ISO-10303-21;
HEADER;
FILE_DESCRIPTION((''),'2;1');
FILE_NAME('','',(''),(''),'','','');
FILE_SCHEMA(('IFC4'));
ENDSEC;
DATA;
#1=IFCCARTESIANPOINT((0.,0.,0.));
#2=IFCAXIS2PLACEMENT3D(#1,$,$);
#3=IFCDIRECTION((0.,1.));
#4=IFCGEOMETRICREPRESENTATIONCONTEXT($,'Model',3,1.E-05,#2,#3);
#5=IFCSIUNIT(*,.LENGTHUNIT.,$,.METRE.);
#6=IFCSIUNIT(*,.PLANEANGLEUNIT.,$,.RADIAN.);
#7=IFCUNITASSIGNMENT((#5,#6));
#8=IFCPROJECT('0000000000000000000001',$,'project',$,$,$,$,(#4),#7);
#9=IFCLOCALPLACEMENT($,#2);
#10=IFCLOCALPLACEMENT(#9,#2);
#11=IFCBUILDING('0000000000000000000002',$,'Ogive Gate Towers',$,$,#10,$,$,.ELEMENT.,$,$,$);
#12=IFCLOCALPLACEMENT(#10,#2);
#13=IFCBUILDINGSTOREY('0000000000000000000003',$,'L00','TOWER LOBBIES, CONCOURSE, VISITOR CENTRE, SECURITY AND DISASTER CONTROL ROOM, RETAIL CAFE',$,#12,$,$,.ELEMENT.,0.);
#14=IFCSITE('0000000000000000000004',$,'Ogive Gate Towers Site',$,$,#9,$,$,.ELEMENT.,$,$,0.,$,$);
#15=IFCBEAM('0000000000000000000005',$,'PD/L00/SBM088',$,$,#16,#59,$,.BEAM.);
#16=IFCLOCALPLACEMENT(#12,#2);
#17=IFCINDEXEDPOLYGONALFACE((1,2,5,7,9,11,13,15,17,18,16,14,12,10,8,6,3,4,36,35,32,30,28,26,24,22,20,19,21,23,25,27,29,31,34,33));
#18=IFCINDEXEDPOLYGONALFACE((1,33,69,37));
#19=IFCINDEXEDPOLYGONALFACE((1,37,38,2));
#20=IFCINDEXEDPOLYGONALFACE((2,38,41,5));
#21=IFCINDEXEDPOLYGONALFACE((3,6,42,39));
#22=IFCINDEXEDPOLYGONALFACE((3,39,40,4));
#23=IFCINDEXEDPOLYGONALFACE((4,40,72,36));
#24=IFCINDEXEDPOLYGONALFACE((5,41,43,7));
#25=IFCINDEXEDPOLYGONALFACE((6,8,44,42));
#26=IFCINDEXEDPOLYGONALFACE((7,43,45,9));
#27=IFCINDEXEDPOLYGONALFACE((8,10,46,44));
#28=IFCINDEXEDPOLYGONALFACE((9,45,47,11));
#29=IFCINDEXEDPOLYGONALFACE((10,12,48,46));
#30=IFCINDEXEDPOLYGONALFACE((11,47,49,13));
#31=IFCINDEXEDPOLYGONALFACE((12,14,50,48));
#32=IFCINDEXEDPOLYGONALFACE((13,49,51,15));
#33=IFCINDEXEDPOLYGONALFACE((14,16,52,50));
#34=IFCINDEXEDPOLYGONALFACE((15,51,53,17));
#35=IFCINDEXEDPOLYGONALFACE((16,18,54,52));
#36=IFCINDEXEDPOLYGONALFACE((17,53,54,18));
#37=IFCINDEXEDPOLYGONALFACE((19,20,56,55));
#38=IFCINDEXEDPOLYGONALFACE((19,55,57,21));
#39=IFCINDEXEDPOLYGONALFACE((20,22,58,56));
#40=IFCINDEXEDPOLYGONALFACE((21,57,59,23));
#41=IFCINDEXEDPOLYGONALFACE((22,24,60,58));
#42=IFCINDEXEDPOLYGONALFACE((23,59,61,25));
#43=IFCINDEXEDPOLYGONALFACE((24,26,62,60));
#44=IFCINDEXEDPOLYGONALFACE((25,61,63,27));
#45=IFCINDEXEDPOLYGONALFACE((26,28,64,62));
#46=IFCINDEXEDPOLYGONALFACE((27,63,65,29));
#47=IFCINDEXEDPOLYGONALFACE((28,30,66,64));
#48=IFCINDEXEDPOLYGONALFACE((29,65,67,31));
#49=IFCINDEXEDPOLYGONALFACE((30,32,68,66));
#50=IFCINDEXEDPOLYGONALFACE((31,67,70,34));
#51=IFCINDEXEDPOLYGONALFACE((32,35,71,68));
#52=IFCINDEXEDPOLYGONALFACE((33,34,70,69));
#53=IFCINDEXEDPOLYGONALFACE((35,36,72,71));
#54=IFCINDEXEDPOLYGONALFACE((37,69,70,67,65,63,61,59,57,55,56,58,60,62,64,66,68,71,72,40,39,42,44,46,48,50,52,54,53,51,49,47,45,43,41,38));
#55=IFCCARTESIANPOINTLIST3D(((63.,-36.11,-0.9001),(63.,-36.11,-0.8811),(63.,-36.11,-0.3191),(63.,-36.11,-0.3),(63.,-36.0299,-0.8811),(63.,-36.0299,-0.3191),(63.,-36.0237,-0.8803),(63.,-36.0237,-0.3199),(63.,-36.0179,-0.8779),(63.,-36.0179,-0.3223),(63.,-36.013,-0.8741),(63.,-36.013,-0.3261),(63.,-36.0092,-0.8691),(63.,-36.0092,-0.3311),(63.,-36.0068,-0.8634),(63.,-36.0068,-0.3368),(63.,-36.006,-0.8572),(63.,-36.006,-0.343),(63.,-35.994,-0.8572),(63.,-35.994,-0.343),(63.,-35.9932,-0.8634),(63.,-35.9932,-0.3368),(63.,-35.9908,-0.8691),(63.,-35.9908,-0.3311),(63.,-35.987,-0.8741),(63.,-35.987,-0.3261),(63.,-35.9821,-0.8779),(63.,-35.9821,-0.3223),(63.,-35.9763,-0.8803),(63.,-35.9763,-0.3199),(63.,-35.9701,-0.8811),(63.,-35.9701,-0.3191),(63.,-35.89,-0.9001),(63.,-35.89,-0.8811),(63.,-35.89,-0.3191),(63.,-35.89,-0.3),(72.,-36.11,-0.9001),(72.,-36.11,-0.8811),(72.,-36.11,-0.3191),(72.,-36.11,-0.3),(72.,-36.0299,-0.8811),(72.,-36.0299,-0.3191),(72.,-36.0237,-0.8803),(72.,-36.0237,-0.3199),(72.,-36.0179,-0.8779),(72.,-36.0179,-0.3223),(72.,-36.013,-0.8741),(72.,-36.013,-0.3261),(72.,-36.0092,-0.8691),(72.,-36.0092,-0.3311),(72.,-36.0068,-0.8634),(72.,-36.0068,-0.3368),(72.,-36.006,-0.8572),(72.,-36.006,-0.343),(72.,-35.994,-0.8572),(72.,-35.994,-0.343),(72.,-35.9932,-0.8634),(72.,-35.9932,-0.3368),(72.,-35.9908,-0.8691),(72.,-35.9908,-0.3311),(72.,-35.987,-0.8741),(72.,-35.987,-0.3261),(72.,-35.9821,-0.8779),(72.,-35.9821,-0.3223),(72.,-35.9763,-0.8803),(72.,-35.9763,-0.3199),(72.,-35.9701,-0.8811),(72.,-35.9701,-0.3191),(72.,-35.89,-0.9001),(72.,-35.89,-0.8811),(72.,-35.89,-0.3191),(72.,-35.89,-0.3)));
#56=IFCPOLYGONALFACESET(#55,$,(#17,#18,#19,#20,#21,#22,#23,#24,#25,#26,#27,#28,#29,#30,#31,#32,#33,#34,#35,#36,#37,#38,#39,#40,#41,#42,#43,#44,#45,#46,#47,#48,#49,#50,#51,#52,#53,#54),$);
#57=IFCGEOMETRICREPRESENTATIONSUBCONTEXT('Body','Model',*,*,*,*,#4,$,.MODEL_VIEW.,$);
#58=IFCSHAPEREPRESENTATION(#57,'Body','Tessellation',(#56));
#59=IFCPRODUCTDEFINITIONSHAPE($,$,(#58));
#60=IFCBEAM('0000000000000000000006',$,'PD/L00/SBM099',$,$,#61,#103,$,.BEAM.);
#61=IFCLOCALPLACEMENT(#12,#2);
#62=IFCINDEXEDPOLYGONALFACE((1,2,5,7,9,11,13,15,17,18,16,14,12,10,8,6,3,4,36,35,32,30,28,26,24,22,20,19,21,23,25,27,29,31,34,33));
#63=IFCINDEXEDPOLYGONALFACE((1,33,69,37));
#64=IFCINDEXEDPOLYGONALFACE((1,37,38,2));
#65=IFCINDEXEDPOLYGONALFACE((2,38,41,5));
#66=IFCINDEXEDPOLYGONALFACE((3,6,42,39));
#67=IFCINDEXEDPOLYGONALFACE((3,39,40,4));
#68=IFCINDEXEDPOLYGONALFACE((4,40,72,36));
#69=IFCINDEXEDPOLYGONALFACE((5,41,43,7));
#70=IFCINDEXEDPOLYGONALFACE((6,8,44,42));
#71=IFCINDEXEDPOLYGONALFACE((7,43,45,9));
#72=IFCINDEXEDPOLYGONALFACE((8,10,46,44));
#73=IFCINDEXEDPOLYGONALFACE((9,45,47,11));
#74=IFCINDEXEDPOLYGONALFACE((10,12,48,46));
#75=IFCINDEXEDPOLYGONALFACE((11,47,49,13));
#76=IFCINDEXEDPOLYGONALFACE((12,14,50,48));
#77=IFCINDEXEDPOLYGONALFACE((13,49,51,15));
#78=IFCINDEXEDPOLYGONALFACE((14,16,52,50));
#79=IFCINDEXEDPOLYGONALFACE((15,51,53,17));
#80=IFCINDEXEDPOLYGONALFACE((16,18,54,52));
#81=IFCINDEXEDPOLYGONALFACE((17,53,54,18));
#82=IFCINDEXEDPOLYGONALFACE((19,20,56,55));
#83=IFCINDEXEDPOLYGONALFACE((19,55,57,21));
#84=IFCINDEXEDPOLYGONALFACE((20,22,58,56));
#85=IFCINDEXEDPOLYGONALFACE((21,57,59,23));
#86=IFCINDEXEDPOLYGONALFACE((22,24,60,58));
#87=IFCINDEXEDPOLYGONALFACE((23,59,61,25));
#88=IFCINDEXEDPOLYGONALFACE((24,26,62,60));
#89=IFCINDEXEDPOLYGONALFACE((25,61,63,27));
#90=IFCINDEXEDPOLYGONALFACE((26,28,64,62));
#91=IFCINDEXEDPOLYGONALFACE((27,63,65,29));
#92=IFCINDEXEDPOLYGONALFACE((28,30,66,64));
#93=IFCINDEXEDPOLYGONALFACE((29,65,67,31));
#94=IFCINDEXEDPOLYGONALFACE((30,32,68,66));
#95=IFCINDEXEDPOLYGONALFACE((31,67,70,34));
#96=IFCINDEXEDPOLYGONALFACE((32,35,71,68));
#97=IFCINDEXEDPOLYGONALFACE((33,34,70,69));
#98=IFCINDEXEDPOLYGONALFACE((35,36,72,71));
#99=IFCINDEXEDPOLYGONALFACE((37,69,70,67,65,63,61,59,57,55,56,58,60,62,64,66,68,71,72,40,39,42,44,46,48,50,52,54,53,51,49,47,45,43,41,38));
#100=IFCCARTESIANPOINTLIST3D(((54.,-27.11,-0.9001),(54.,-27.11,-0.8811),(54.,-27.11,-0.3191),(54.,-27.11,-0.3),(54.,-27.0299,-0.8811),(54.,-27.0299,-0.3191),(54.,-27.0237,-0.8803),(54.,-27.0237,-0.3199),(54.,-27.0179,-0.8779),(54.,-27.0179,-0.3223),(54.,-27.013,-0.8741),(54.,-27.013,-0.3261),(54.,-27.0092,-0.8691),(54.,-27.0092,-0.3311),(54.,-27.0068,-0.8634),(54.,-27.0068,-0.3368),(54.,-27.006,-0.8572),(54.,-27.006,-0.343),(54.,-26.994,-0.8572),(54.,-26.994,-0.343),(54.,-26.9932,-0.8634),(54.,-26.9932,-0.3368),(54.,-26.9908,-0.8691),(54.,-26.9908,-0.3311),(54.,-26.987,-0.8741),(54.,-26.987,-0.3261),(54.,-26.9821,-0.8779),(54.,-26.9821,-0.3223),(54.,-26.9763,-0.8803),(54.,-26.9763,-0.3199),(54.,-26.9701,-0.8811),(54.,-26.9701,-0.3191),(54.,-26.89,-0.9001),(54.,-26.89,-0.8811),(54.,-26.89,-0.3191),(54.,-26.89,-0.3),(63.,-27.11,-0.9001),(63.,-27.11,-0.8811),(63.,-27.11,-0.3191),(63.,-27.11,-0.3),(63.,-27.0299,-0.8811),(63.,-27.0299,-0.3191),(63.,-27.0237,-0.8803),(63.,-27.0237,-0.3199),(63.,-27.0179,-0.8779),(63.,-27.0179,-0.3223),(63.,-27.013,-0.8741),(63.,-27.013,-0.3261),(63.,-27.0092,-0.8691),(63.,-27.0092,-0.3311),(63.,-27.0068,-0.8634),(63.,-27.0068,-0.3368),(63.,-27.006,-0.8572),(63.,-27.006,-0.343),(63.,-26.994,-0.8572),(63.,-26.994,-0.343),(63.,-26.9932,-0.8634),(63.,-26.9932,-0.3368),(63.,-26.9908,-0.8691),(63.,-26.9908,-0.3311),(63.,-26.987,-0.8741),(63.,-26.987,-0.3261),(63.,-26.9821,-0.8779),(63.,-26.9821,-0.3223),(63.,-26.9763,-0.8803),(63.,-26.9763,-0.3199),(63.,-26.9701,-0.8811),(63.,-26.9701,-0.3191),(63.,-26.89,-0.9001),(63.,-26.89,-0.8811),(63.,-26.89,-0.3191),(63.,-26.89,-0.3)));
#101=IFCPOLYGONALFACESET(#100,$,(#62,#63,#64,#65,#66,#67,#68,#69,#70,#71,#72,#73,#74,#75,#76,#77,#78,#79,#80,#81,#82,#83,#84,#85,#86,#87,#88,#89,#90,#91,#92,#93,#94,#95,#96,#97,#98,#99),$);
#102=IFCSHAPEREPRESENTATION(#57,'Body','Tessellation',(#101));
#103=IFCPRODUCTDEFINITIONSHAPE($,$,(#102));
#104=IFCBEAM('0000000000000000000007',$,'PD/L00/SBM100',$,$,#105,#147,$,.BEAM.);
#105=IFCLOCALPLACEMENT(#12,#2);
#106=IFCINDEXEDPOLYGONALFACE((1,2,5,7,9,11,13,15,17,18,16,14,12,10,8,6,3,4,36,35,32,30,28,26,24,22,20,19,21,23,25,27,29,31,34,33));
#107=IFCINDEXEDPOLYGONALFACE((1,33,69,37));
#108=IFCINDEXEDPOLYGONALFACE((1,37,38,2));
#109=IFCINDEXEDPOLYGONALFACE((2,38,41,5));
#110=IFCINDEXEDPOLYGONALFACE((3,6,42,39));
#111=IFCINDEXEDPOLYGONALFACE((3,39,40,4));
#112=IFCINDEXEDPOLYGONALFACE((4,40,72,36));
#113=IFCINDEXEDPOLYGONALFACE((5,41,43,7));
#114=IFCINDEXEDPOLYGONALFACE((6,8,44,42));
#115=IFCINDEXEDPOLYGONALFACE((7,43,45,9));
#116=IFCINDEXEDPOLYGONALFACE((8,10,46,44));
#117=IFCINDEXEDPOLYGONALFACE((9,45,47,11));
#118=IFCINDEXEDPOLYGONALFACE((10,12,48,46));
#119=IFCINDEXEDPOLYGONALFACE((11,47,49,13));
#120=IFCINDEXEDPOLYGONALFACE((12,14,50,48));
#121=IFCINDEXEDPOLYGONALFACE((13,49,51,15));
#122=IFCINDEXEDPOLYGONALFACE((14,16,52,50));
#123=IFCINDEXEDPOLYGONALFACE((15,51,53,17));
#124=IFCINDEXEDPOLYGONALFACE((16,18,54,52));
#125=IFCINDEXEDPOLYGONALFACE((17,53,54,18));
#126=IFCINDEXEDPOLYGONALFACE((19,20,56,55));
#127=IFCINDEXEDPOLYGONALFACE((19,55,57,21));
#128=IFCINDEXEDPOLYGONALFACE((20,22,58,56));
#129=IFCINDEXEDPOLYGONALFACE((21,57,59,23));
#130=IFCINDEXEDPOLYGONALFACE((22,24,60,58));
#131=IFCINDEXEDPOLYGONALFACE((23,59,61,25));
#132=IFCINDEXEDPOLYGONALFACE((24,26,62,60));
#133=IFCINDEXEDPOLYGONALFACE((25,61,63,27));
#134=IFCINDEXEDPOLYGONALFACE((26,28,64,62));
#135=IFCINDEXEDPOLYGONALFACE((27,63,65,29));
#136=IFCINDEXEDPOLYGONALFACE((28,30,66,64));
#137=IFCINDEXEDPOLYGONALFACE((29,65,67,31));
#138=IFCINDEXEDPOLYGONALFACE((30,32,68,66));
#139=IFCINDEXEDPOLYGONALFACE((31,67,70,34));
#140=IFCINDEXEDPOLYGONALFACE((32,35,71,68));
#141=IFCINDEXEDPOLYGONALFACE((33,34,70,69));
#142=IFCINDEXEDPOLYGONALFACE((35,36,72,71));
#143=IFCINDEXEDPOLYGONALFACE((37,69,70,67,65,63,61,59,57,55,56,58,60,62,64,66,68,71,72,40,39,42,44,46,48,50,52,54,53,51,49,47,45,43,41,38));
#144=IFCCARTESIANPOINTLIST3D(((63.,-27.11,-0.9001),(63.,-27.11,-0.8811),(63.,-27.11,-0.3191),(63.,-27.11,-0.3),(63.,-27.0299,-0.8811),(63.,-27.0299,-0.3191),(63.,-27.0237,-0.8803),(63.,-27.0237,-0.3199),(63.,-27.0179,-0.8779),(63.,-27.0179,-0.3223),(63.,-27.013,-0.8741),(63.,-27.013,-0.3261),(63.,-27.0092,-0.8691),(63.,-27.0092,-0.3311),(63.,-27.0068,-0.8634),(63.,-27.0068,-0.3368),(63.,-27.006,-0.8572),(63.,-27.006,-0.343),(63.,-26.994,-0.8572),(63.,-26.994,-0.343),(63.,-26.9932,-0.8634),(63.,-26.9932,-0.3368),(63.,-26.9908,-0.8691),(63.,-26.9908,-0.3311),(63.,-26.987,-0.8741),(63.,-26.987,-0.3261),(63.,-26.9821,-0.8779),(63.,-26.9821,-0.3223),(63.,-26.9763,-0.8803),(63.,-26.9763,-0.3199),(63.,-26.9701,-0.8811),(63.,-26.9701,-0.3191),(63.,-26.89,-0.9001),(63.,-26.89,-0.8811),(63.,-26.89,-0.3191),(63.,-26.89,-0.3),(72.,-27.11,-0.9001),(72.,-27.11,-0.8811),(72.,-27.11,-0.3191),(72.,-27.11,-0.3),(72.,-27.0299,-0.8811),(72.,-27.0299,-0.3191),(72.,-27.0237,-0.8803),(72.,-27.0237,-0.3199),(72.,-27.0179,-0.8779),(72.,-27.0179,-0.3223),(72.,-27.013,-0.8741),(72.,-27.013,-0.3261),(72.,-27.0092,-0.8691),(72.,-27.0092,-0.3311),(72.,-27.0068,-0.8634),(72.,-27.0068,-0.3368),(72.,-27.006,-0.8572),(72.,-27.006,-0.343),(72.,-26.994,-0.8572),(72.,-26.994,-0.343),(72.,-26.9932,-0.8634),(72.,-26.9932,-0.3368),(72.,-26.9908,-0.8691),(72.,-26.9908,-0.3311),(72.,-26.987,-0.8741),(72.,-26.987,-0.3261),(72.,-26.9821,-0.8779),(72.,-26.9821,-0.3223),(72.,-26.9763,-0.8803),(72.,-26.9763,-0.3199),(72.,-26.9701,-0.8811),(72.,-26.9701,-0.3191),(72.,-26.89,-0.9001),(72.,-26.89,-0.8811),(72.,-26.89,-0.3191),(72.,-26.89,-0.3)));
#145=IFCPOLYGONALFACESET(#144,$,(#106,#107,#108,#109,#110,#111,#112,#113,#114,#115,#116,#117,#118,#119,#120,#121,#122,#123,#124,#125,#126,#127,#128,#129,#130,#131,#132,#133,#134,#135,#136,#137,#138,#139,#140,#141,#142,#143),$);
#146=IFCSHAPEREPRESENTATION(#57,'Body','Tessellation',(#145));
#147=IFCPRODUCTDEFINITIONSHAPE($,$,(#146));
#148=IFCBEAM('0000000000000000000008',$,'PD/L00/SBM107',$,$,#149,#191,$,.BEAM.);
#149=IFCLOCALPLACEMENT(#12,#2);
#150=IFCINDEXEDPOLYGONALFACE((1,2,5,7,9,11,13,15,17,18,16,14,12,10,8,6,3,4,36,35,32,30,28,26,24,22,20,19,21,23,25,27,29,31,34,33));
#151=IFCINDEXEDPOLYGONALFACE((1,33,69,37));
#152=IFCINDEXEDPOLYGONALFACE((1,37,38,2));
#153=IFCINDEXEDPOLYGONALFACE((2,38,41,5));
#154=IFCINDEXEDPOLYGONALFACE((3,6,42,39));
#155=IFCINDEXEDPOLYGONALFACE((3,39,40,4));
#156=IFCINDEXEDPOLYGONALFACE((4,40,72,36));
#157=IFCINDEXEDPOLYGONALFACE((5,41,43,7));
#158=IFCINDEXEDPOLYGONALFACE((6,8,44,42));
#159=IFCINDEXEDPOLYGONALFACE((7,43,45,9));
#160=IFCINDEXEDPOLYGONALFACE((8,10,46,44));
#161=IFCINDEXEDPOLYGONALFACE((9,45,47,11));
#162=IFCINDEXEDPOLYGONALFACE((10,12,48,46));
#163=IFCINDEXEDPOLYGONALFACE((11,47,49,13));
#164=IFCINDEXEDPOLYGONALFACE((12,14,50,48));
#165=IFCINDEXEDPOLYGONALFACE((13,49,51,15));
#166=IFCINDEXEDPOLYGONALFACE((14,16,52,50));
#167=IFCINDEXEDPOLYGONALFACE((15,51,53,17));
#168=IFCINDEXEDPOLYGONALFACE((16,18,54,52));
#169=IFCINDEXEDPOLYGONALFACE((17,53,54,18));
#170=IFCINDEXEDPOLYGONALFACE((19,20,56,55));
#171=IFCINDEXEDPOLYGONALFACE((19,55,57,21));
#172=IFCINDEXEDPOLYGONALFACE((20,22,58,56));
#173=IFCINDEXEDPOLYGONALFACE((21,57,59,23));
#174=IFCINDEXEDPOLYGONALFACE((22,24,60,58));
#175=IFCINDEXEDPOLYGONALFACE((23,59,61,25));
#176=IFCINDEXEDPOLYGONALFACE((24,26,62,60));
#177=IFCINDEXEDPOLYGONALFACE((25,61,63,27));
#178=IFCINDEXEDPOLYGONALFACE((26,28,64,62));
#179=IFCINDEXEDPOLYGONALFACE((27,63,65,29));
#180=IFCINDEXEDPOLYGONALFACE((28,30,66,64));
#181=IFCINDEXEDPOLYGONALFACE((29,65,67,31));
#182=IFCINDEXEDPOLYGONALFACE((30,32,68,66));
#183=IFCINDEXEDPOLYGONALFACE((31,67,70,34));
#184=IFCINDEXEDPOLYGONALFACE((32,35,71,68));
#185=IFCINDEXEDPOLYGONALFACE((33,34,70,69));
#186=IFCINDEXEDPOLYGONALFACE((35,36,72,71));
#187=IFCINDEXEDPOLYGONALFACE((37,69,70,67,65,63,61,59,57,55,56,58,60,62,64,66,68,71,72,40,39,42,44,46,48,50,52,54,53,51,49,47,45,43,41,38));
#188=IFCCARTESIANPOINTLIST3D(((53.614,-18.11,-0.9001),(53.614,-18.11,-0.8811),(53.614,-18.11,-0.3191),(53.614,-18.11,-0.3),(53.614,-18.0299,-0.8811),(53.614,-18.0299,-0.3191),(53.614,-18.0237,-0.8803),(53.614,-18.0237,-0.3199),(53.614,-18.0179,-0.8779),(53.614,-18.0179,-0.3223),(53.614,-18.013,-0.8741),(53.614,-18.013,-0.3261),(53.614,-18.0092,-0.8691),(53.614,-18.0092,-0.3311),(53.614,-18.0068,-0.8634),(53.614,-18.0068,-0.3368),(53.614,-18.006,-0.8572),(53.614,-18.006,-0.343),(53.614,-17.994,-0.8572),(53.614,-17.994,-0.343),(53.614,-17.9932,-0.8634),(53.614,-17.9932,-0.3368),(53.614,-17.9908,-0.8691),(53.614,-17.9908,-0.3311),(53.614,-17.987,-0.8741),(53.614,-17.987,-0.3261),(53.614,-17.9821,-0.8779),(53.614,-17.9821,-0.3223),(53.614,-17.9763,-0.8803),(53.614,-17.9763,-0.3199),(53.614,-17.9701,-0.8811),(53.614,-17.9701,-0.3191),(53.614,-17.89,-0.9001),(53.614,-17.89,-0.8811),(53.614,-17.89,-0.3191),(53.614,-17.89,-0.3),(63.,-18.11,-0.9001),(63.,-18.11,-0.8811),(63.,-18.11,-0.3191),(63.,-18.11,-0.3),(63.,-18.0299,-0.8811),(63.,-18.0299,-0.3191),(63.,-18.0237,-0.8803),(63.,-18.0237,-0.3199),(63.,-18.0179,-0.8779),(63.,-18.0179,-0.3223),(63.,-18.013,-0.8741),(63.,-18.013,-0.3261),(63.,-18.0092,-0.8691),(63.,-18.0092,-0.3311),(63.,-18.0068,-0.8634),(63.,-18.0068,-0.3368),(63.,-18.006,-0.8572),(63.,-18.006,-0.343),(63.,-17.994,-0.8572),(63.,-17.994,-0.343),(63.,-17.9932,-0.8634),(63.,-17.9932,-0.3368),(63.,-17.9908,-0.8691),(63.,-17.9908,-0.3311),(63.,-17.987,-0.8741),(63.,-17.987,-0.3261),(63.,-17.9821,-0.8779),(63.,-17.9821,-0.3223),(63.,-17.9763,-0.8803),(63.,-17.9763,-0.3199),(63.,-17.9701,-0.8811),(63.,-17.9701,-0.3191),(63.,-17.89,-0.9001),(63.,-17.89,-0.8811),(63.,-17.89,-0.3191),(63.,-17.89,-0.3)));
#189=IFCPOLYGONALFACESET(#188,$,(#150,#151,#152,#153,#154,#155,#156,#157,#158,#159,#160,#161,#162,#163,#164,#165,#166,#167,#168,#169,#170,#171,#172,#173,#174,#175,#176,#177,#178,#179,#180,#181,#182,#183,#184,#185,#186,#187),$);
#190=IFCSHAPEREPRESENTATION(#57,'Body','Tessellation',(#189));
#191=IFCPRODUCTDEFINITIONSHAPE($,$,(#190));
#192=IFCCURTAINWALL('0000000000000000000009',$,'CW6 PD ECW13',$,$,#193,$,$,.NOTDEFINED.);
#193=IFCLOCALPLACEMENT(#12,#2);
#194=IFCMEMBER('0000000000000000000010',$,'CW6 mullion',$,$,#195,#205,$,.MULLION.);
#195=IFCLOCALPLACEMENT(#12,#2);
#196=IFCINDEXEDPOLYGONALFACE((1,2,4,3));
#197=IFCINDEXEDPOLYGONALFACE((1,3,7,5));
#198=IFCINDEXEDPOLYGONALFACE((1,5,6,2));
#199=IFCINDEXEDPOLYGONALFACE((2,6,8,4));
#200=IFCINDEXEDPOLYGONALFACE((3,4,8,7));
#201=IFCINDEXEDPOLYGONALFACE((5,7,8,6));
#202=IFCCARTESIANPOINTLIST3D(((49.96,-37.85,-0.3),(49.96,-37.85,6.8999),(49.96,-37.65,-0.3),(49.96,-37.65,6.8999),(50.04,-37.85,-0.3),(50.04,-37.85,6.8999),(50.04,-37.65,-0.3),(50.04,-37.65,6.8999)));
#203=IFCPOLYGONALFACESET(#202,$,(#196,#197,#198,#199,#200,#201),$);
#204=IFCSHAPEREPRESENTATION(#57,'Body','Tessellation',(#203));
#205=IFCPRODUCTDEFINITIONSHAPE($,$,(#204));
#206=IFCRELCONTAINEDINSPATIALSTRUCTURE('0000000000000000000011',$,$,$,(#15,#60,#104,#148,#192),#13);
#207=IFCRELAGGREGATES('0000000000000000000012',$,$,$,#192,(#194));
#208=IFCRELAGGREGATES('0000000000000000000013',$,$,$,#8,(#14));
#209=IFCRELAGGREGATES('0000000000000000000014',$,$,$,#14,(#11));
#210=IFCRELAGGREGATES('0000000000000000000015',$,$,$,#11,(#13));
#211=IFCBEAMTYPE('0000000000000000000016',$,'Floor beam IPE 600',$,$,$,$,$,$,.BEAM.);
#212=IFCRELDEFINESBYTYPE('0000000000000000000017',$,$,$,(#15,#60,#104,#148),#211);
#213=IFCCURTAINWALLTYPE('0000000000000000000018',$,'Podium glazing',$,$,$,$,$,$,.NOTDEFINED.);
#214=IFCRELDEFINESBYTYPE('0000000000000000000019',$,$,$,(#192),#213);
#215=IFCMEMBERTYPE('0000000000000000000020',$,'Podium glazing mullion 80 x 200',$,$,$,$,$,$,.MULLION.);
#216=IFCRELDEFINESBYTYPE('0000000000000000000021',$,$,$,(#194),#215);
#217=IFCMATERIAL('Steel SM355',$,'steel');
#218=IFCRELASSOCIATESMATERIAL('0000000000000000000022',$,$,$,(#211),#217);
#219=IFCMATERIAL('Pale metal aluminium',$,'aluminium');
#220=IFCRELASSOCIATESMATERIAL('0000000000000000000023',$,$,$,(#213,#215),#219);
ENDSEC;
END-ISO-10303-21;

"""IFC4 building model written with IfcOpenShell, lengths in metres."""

from ifc_helpers import new_model, si_unit, direction, frame, origin, origin_2d, place, context, subcontext, project, spatial, rectangle, i_section, extrude, material, material_profile, profile_set, type_object, element, aggregate, save


model = new_model("IFC4")

# Units and contexts
model_context = context("Model", 3, precision=1e-05, world=origin(), true_north=direction((0.0, 1.0)))
body_context = subcontext(model_context, "Body", "Model", "MODEL_VIEW")
ifc_project = project(units=[si_unit("LENGTHUNIT", "METRE"), si_unit("PLANEANGLEUNIT", "RADIAN")], contexts=[model_context])

# Site, building, storey
site_placement = place(None, origin())
site = spatial("IfcSite", under=ifc_project, at=site_placement, Name="Ogive Gate Towers Site", CompositionType="ELEMENT", RefElevation=0.0)
building_placement = place(site_placement, origin())
building = spatial("IfcBuilding", under=site, at=building_placement, Name="Ogive Gate Towers", CompositionType="ELEMENT")
storey_placement = place(building_placement, origin())
storey = spatial("IfcBuildingStorey", under=building, at=storey_placement, Name="L00", Description="TOWER LOBBIES, CONCOURSE, VISITOR CENTRE, SECURITY AND DISASTER CONTROL ROOM, RETAIL CAFE", CompositionType="ELEMENT", Elevation=0.0)

# Beams
ifc_material_1 = material(Name="Steel SM355", Category="steel")
ifc_material_profile_1 = material_profile(ifc_material_1, i_section(OverallWidth=0.22, OverallDepth=0.6001, WebThickness=0.012, FlangeThickness=0.019, FilletRadius=0.0239, at=origin_2d()), Name="IPE 600")
ifc_profile_set_1 = profile_set([ifc_material_profile_1], Name="Steel SM355")
beam_type = type_object("IfcBeamType", Name="Floor beam IPE 600", PredefinedType="BEAM", material=ifc_profile_set_1)
for number, where, z_axis, x_axis, name in (
    (1, (63.0, -36.0, -0.6001), (1.0, 0.0, 0.0), (0.0, 1.0, 0.0), "PD/L00/SBM088"),
    (2, (54.0, -27.0, -0.6001), (1.0, 0.0, 0.0), (0.0, 1.0, 0.0), "PD/L00/SBM099"),
    (3, (63.0, -27.0, -0.6001), (1.0, 0.0, 0.0), (0.0, 1.0, 0.0), "PD/L00/SBM100"),
):
    element("IfcBeam", number, at=place(storey_placement, frame(where, z_axis=z_axis, x_axis=x_axis)), inside=storey, type_object=beam_type, Name=name, PredefinedType="BEAM", context=body_context, shape_type="SweptSolid", body=[
        extrude(i_section(OverallWidth=0.22, OverallDepth=0.6001, WebThickness=0.012, FlangeThickness=0.019, FilletRadius=0.0239, at=origin_2d()), origin(), (0.0, 0.0, 1.0), 9.0),
    ])
beam_1_placement = place(storey_placement, frame((53.614, -18.0, -0.6001), z_axis=(1.0, 0.0, 0.0), x_axis=(0.0, 1.0, 0.0)))
element("IfcBeam", 4, at=beam_1_placement, inside=storey, type_object=beam_type, Name="PD/L00/SBM107", PredefinedType="BEAM", context=body_context, shape_type="SweptSolid", body=[
    extrude(i_section(OverallWidth=0.22, OverallDepth=0.6001, WebThickness=0.012, FlangeThickness=0.019, FilletRadius=0.0239, at=origin_2d()), origin(), (0.0, 0.0, 1.0), 9.386),
])

# Curtain wall, member
ifc_material_2 = material(Name="Pale metal aluminium", Category="aluminium")
curtain_wall_type = type_object("IfcCurtainWallType", Name="Podium glazing", PredefinedType="NOTDEFINED", material=ifc_material_2)
curtain_wall_1_placement = place(storey_placement, origin())
curtain_wall_1 = element("IfcCurtainWall", 5, at=curtain_wall_1_placement, inside=storey, type_object=curtain_wall_type, Name="CW6 PD ECW13", PredefinedType="NOTDEFINED")
ifc_material_profile_2 = material_profile(ifc_material_2, rectangle(XDim=0.2, YDim=0.0801, at=origin_2d()), Name="80 x 200 aluminium box")
ifc_profile_set_2 = profile_set([ifc_material_profile_2], Name="Pale metal aluminium")
member_type_1 = type_object("IfcMemberType", Name="Podium glazing mullion 80 x 200", PredefinedType="MULLION", material=ifc_profile_set_2)
member_1_placement = place(storey_placement, frame((50.0, -37.75, -0.3), z_axis=(0.0, 0.0, 1.0), x_axis=(0.0, -1.0, 0.0)))
member_1 = element("IfcMember", 6, at=member_1_placement, type_object=member_type_1, Name="CW6 mullion", PredefinedType="MULLION", context=body_context, shape_type="SweptSolid", body=[
    extrude(rectangle(XDim=0.2, YDim=0.0801, at=origin_2d()), origin(), (0.0, 0.0, 1.0), 7.2),
])

aggregate(curtain_wall_1, [member_1])

save(model, "model.ifc")
